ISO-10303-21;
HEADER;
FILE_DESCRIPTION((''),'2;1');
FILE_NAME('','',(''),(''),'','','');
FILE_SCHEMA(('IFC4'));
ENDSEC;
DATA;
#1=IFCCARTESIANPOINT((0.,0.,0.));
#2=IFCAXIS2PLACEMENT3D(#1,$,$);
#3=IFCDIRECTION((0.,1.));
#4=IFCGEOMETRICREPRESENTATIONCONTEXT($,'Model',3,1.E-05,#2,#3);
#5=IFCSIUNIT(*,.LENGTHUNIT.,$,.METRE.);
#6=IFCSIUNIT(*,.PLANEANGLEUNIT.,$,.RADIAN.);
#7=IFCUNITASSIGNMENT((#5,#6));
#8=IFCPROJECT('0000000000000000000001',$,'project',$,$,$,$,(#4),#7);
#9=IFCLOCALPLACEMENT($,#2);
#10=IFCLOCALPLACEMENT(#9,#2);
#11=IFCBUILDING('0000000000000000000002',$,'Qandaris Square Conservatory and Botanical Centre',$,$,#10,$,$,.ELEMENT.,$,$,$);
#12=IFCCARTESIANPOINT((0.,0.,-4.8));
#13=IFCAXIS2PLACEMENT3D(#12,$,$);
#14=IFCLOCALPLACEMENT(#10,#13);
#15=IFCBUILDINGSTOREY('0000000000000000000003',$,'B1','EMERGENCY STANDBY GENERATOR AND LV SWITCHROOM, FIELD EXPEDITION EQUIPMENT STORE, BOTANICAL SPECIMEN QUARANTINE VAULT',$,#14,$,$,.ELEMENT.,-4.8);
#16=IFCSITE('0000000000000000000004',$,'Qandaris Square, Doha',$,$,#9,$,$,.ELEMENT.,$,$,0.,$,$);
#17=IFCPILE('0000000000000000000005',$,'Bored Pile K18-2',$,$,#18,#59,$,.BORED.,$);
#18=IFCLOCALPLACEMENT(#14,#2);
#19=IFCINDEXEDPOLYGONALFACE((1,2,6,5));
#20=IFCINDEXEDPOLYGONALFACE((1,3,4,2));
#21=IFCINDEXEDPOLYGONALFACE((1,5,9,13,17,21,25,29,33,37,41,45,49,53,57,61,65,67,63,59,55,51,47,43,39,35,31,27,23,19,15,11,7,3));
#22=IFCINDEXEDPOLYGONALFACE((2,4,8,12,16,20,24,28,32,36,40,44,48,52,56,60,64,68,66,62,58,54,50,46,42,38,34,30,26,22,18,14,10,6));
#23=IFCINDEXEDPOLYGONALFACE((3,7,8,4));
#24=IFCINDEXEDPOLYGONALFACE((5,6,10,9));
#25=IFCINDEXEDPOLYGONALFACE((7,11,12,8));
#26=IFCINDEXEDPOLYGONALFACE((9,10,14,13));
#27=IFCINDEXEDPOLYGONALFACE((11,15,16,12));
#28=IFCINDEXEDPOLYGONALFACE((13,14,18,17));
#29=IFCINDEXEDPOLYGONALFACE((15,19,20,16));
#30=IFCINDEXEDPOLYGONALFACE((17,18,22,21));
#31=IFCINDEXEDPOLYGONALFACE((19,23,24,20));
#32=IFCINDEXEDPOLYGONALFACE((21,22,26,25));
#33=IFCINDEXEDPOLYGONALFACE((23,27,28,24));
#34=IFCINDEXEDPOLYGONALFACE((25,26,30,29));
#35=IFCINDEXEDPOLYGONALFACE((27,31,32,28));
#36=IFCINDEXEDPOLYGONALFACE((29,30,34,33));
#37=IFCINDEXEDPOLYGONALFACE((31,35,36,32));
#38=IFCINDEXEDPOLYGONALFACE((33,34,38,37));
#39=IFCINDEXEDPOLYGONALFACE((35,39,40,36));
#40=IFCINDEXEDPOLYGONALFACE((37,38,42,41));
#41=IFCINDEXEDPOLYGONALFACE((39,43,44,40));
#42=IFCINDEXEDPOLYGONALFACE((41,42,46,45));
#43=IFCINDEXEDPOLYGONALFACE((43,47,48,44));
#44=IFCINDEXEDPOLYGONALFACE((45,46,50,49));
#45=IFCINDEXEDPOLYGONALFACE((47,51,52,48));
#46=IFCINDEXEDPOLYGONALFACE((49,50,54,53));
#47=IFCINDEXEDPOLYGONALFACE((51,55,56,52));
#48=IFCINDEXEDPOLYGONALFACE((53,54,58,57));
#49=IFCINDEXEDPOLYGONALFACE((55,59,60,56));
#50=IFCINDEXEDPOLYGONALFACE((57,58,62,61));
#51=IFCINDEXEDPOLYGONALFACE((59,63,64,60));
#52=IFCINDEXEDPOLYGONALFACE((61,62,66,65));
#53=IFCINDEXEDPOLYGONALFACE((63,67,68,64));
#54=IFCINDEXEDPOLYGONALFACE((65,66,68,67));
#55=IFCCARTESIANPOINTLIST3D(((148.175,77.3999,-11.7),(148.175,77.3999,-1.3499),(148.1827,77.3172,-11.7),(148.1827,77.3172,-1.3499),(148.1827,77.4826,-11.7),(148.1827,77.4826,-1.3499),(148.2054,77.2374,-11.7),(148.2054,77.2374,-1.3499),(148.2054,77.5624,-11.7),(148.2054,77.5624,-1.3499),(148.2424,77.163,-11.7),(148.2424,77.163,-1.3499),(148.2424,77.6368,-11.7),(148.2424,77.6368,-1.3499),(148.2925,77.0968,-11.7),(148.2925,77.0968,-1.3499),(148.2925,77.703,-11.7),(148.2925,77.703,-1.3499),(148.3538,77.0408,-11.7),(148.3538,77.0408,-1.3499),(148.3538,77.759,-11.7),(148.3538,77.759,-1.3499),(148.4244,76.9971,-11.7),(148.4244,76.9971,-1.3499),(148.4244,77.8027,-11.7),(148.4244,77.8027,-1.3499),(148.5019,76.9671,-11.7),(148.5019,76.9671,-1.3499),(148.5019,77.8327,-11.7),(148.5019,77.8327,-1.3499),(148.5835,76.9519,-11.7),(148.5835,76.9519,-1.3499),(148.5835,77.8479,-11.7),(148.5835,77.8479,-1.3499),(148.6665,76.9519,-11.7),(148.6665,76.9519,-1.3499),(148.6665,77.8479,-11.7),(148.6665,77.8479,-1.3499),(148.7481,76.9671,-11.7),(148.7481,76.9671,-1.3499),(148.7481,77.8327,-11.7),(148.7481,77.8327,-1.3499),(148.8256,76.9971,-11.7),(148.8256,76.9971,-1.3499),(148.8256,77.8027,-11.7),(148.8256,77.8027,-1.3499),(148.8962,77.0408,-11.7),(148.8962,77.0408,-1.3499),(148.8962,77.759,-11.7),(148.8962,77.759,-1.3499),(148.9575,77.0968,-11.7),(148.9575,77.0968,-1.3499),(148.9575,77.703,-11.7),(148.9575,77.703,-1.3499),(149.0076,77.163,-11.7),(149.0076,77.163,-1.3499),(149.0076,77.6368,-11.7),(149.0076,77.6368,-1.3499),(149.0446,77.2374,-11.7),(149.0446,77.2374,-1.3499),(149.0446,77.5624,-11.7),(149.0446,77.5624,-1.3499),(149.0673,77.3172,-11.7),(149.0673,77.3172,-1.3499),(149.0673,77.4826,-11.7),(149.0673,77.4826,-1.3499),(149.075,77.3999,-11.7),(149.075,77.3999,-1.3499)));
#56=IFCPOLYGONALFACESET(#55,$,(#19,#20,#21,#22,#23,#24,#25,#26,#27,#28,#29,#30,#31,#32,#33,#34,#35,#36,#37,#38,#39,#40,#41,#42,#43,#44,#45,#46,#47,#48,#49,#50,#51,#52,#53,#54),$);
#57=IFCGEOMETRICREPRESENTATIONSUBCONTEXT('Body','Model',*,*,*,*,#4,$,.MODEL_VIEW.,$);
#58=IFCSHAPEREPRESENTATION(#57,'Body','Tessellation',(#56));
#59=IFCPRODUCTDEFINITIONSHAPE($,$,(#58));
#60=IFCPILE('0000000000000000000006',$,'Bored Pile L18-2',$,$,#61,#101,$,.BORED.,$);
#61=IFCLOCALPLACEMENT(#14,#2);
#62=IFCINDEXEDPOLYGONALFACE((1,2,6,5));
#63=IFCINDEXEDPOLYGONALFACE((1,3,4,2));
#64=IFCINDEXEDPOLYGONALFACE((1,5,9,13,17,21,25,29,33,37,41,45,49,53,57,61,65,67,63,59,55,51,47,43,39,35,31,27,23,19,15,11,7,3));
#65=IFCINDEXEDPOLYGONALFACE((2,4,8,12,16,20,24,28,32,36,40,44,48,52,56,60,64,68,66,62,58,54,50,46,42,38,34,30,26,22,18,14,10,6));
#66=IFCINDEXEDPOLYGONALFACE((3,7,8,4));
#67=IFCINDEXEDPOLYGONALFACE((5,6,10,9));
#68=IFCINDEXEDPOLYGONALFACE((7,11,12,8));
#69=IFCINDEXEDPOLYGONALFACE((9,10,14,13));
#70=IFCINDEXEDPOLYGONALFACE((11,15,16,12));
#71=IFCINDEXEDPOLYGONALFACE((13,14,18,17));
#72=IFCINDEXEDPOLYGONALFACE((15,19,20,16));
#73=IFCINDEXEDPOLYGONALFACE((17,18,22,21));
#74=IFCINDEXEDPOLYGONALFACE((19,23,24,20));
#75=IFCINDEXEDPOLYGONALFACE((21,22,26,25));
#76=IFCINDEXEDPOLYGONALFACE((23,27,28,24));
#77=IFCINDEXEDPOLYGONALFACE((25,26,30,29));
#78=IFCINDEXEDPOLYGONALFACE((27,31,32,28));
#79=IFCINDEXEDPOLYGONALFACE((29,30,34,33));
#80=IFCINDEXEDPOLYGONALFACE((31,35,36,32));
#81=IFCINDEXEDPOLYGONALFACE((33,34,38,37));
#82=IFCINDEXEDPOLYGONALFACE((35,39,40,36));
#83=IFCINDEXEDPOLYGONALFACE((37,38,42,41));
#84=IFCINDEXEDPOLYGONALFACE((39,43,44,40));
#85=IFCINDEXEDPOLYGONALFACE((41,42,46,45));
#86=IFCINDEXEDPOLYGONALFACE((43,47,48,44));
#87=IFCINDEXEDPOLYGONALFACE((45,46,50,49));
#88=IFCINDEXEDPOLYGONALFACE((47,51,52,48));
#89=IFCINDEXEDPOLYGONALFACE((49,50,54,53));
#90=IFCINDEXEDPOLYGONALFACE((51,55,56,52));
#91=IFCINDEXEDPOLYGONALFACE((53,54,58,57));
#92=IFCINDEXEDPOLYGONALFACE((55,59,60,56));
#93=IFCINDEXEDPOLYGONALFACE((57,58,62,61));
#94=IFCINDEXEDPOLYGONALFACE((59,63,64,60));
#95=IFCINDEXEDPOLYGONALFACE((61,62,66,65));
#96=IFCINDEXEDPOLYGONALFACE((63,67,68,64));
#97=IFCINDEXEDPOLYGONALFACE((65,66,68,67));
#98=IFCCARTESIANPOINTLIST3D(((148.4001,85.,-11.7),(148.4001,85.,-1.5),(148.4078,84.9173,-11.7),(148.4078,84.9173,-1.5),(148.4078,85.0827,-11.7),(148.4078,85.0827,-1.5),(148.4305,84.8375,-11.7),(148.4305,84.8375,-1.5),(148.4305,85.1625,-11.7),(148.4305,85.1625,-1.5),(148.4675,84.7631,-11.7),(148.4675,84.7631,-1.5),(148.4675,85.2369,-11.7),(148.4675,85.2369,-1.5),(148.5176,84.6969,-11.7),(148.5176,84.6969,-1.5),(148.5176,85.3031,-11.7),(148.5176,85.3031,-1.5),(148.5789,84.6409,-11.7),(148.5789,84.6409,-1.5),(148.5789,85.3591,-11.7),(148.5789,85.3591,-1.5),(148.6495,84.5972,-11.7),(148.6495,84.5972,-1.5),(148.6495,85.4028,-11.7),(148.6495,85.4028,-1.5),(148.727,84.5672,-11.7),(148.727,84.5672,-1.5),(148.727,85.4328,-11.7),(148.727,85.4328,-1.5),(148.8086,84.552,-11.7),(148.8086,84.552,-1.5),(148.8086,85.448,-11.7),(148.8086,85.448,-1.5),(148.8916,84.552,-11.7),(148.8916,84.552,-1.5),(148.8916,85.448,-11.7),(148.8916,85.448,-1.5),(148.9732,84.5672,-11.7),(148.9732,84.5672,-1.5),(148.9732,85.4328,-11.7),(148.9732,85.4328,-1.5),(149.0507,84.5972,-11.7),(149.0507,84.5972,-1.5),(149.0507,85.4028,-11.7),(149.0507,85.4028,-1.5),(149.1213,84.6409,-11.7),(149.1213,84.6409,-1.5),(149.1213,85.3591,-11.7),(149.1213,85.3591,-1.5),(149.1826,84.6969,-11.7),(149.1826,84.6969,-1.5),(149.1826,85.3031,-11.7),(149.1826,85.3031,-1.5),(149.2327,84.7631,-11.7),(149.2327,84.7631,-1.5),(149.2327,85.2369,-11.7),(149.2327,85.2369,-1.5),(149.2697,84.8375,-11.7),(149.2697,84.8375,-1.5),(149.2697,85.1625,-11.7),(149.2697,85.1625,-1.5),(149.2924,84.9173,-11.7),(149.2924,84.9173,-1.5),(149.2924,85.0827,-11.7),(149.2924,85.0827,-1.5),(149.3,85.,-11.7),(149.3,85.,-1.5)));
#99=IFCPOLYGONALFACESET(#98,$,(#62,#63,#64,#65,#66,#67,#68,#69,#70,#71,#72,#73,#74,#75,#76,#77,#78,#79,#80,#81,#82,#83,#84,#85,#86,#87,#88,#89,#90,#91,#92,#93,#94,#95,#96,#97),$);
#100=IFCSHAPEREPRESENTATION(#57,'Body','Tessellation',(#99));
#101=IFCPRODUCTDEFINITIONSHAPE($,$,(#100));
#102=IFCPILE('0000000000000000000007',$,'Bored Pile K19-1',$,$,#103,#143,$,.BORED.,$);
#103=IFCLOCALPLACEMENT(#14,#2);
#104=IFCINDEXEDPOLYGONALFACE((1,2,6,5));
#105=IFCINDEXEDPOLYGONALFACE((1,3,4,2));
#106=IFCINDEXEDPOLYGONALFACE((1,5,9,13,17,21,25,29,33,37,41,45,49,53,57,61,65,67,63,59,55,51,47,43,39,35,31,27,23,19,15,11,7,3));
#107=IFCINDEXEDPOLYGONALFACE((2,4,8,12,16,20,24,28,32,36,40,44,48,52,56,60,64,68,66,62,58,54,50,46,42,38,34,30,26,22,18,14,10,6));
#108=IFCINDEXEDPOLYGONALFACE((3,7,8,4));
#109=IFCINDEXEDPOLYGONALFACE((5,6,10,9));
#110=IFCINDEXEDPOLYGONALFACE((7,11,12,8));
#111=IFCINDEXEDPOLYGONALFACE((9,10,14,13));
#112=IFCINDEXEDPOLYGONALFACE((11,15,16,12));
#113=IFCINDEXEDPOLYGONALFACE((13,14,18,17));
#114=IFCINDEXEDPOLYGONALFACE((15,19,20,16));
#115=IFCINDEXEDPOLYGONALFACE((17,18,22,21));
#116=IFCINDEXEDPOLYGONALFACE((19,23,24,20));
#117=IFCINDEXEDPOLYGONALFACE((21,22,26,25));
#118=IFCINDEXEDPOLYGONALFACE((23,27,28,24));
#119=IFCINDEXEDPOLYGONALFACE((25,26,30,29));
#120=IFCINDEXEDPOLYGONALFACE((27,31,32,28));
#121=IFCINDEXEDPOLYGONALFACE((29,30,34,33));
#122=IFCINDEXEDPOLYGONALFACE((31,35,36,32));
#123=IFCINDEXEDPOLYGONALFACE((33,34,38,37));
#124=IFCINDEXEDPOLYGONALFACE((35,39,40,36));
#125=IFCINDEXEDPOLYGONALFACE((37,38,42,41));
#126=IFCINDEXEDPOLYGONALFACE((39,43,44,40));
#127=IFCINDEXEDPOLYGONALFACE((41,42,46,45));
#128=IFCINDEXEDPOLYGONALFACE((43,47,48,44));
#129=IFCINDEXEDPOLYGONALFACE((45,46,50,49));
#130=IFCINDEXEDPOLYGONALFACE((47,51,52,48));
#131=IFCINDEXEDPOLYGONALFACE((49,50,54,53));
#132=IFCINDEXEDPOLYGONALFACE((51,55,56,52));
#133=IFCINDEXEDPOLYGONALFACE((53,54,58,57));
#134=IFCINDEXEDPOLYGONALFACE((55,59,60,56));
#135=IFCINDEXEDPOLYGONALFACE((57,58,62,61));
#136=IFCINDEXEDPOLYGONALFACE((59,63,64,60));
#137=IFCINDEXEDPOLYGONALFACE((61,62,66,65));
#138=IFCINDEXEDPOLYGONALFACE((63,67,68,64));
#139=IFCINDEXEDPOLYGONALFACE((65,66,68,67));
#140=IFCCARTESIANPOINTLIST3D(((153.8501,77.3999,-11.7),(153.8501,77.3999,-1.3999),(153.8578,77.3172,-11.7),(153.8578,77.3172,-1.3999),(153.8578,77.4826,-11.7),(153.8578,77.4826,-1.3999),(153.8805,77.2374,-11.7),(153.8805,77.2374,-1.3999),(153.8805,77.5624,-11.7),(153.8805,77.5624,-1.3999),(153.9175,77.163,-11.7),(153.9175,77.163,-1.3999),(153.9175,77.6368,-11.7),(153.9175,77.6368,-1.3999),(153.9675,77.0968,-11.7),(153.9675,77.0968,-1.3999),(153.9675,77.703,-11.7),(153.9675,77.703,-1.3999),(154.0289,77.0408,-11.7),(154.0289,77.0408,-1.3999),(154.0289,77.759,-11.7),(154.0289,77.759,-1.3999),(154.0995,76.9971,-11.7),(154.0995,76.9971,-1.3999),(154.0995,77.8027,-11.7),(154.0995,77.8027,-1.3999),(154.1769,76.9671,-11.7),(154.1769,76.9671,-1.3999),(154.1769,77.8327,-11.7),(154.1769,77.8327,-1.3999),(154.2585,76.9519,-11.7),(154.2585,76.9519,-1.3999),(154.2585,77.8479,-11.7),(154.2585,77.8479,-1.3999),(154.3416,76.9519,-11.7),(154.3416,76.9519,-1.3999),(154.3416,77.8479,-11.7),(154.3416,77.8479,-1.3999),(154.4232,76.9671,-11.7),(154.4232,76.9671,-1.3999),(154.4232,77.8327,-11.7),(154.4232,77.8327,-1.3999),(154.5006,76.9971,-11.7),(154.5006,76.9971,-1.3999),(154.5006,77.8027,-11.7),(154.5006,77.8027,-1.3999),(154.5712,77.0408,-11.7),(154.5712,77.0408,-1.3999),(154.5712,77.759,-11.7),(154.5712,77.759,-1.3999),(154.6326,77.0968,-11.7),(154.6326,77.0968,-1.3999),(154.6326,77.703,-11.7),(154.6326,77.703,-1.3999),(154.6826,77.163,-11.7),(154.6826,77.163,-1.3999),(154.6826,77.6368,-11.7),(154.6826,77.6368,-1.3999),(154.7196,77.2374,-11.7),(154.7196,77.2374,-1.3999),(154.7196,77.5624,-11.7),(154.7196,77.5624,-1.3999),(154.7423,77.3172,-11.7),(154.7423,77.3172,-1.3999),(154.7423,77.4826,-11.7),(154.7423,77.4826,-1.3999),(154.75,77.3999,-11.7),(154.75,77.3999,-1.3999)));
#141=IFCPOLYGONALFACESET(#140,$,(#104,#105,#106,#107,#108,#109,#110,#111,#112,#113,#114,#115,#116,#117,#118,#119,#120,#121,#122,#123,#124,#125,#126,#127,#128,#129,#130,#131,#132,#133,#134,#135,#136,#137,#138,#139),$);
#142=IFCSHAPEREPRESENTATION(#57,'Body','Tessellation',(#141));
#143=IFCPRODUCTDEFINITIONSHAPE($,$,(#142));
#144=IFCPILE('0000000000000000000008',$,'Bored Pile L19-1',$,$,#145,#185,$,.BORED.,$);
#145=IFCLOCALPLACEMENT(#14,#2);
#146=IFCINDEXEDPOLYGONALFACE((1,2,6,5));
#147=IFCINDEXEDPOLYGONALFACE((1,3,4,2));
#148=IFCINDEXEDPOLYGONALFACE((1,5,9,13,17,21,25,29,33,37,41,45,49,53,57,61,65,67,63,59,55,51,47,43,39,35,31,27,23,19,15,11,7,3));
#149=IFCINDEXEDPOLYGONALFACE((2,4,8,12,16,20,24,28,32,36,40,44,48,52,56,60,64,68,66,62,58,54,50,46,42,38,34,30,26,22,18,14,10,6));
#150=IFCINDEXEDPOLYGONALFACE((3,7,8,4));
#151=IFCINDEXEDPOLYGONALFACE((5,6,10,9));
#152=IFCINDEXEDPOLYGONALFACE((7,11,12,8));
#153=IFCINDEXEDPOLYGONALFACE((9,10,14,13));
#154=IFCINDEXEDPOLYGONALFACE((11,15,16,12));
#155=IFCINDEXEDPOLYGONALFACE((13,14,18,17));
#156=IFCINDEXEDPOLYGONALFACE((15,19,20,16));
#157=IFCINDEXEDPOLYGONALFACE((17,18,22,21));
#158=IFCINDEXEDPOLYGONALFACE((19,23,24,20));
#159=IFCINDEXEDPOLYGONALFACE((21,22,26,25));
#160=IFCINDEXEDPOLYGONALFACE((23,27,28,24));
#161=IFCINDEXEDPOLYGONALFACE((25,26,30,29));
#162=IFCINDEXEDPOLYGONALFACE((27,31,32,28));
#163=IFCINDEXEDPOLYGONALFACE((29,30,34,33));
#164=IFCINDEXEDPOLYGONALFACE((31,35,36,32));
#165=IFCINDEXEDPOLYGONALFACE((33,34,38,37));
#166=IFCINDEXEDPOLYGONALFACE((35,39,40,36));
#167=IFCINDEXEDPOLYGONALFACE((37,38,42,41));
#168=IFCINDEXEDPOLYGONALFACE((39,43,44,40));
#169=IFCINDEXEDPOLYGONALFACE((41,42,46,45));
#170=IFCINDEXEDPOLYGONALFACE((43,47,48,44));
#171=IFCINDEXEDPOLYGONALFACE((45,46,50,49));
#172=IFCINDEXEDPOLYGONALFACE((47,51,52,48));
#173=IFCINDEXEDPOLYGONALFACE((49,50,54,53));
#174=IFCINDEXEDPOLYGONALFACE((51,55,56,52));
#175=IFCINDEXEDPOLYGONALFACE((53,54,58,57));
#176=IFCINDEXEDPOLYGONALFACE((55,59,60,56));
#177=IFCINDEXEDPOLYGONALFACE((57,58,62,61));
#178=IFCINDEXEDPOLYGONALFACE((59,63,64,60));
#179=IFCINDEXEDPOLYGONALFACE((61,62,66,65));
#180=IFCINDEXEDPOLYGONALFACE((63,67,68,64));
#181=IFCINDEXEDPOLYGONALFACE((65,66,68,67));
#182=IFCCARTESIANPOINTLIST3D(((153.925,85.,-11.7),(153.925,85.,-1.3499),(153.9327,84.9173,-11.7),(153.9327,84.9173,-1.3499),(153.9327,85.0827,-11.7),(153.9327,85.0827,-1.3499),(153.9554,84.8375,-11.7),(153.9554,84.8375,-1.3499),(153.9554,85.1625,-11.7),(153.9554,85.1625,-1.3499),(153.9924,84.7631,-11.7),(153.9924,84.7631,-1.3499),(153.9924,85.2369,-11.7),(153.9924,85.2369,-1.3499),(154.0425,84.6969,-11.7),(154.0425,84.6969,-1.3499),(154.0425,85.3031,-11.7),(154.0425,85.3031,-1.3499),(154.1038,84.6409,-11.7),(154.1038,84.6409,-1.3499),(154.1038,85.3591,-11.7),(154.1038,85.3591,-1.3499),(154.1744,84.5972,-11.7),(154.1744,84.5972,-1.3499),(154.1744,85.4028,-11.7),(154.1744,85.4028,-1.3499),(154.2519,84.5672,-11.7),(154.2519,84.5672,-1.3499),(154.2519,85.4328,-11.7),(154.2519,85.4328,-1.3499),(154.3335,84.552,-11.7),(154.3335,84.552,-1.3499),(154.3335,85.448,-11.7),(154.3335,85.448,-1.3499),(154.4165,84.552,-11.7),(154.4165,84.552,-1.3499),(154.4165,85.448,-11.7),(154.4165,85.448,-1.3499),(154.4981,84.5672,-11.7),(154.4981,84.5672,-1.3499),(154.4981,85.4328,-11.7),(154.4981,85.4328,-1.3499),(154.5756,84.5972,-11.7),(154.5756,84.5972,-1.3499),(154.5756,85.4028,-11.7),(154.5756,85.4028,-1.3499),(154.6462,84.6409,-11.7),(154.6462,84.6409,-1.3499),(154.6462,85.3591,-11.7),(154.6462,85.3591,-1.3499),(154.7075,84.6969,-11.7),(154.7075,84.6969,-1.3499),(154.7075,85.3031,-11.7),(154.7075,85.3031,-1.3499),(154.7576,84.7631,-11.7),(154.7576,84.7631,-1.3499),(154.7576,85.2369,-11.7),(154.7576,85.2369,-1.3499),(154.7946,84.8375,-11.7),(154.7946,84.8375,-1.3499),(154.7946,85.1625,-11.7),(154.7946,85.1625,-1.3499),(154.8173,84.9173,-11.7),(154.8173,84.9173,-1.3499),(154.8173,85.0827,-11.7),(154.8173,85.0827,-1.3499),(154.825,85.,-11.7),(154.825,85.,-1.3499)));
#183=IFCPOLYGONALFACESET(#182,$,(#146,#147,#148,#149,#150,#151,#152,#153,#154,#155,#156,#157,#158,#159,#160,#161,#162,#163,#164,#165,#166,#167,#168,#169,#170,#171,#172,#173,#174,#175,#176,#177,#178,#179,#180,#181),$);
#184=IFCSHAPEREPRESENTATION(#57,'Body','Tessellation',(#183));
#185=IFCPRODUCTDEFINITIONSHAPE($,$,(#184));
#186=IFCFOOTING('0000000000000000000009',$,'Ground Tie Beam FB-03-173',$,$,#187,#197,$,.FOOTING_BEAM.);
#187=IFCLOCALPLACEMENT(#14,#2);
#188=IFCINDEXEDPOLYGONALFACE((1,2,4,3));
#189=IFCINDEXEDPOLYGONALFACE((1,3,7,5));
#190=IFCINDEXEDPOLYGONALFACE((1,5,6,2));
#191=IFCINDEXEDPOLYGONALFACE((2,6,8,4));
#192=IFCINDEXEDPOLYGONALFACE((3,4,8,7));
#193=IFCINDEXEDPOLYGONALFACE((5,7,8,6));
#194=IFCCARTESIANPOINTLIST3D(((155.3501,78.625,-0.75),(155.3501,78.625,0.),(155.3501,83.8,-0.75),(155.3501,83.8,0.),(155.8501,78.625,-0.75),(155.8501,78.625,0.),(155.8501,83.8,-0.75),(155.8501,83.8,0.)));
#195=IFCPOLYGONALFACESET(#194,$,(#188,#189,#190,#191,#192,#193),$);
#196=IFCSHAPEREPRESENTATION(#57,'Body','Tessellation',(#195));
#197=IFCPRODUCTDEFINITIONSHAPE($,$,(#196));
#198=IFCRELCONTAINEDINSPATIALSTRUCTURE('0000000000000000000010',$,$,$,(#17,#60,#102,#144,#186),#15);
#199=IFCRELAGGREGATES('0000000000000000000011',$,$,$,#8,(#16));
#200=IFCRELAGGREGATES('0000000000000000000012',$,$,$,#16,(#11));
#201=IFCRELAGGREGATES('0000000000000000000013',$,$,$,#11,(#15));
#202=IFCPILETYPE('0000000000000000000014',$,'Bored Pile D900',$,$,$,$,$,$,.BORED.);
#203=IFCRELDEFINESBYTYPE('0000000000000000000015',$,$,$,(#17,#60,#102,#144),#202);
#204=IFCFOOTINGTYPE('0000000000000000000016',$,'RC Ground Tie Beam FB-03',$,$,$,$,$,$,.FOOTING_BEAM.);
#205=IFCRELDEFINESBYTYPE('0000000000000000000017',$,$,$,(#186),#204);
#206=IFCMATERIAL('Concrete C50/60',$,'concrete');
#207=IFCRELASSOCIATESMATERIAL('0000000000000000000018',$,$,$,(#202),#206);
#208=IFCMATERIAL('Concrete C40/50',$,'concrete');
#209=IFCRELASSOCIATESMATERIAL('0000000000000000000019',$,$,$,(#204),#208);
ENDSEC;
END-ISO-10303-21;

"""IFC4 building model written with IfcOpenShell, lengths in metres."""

from ifc_helpers import new_model, si_unit, direction, frame, origin, origin_2d, place, context, subcontext, project, spatial, rectangle, circle, extrude, material, material_profile, profile_set, type_object, element, save


model = new_model("IFC4")

# Units and contexts
model_context = context("Model", 3, precision=1e-05, world=origin(), true_north=direction((0.0, 1.0)))
body_context = subcontext(model_context, "Body", "Model", "MODEL_VIEW")
ifc_project = project(units=[si_unit("LENGTHUNIT", "METRE"), si_unit("PLANEANGLEUNIT", "RADIAN")], contexts=[model_context])

# Site, building, storey
site_placement = place(None, origin())
site = spatial("IfcSite", under=ifc_project, at=site_placement, Name="Qandaris Square, Doha", CompositionType="ELEMENT", RefElevation=0.0)
building_placement = place(site_placement, origin())
building = spatial("IfcBuilding", under=site, at=building_placement, Name="Qandaris Square Conservatory and Botanical Centre", CompositionType="ELEMENT")
storey_placement = place(building_placement, frame((0.0, 0.0, -4.8)))
storey = spatial("IfcBuildingStorey", under=building, at=storey_placement, Name="B1", Description="EMERGENCY STANDBY GENERATOR AND LV SWITCHROOM, FIELD EXPEDITION EQUIPMENT STORE, BOTANICAL SPECIMEN QUARANTINE VAULT", CompositionType="ELEMENT", Elevation=-4.8)

# Piles
ifc_material_1 = material(Name="Concrete C50/60", Category="concrete")
ifc_material_profile_1 = material_profile(ifc_material_1, circle(Radius=0.45, at=origin_2d()), Name="PILE D900")
ifc_profile_set_1 = profile_set([ifc_material_profile_1], Name="Concrete C50/60")
pile_type = type_object("IfcPileType", Name="Bored Pile D900", PredefinedType="BORED", material=ifc_profile_set_1)
pile_1_placement = place(storey_placement, frame((148.625, 77.3999, -1.3499), z_axis=(0.0, 0.0, -1.0), x_axis=(1.0, 0.0, 0.0)))
element("IfcPile", 1, at=pile_1_placement, inside=storey, type_object=pile_type, Name="Bored Pile K18-2", PredefinedType="BORED", context=body_context, shape_type="SweptSolid", body=[
    extrude(circle(Radius=0.45, at=origin_2d()), origin(), (0.0, 0.0, 1.0), 10.3501),
])
pile_2_placement = place(storey_placement, frame((148.8501, 85.0, -1.5), z_axis=(0.0, 0.0, -1.0), x_axis=(1.0, 0.0, 0.0)))
element("IfcPile", 2, at=pile_2_placement, inside=storey, type_object=pile_type, Name="Bored Pile L18-2", PredefinedType="BORED", context=body_context, shape_type="SweptSolid", body=[
    extrude(circle(Radius=0.45, at=origin_2d()), origin(), (0.0, 0.0, 1.0), 10.2),
])
pile_3_placement = place(storey_placement, frame((154.3, 77.3999, -1.3999), z_axis=(0.0, 0.0, -1.0), x_axis=(1.0, 0.0, 0.0)))
element("IfcPile", 3, at=pile_3_placement, inside=storey, type_object=pile_type, Name="Bored Pile K19-1", PredefinedType="BORED", context=body_context, shape_type="SweptSolid", body=[
    extrude(circle(Radius=0.45, at=origin_2d()), origin(), (0.0, 0.0, 1.0), 10.3),
])
pile_4_placement = place(storey_placement, frame((154.375, 85.0, -1.3499), z_axis=(0.0, 0.0, -1.0), x_axis=(1.0, 0.0, 0.0)))
element("IfcPile", 4, at=pile_4_placement, inside=storey, type_object=pile_type, Name="Bored Pile L19-1", PredefinedType="BORED", context=body_context, shape_type="SweptSolid", body=[
    extrude(circle(Radius=0.45, at=origin_2d()), origin(), (0.0, 0.0, 1.0), 10.3501),
])

# Footing
ifc_material_2 = material(Name="Concrete C40/50", Category="concrete")
ifc_material_profile_2 = material_profile(ifc_material_2, rectangle(XDim=0.5, YDim=0.75, at=origin_2d()), Name="FB 500x750")
ifc_profile_set_2 = profile_set([ifc_material_profile_2], Name="Concrete C40/50")
footing_type_1 = type_object("IfcFootingType", Name="RC Ground Tie Beam FB-03", PredefinedType="FOOTING_BEAM", material=ifc_profile_set_2)
footing_1_placement = place(storey_placement, frame((155.6001, 78.625, -0.375), z_axis=(0.0, 1.0, 0.0), x_axis=(-1.0, 0.0, 0.0)))
element("IfcFooting", 5, at=footing_1_placement, inside=storey, type_object=footing_type_1, Name="Ground Tie Beam FB-03-173", PredefinedType="FOOTING_BEAM", context=body_context, shape_type="SweptSolid", body=[
    extrude(rectangle(XDim=0.5, YDim=0.75, at=origin_2d()), origin(), (0.0, 0.0, 1.0), 5.175),
])

save(model, "model.ifc")
